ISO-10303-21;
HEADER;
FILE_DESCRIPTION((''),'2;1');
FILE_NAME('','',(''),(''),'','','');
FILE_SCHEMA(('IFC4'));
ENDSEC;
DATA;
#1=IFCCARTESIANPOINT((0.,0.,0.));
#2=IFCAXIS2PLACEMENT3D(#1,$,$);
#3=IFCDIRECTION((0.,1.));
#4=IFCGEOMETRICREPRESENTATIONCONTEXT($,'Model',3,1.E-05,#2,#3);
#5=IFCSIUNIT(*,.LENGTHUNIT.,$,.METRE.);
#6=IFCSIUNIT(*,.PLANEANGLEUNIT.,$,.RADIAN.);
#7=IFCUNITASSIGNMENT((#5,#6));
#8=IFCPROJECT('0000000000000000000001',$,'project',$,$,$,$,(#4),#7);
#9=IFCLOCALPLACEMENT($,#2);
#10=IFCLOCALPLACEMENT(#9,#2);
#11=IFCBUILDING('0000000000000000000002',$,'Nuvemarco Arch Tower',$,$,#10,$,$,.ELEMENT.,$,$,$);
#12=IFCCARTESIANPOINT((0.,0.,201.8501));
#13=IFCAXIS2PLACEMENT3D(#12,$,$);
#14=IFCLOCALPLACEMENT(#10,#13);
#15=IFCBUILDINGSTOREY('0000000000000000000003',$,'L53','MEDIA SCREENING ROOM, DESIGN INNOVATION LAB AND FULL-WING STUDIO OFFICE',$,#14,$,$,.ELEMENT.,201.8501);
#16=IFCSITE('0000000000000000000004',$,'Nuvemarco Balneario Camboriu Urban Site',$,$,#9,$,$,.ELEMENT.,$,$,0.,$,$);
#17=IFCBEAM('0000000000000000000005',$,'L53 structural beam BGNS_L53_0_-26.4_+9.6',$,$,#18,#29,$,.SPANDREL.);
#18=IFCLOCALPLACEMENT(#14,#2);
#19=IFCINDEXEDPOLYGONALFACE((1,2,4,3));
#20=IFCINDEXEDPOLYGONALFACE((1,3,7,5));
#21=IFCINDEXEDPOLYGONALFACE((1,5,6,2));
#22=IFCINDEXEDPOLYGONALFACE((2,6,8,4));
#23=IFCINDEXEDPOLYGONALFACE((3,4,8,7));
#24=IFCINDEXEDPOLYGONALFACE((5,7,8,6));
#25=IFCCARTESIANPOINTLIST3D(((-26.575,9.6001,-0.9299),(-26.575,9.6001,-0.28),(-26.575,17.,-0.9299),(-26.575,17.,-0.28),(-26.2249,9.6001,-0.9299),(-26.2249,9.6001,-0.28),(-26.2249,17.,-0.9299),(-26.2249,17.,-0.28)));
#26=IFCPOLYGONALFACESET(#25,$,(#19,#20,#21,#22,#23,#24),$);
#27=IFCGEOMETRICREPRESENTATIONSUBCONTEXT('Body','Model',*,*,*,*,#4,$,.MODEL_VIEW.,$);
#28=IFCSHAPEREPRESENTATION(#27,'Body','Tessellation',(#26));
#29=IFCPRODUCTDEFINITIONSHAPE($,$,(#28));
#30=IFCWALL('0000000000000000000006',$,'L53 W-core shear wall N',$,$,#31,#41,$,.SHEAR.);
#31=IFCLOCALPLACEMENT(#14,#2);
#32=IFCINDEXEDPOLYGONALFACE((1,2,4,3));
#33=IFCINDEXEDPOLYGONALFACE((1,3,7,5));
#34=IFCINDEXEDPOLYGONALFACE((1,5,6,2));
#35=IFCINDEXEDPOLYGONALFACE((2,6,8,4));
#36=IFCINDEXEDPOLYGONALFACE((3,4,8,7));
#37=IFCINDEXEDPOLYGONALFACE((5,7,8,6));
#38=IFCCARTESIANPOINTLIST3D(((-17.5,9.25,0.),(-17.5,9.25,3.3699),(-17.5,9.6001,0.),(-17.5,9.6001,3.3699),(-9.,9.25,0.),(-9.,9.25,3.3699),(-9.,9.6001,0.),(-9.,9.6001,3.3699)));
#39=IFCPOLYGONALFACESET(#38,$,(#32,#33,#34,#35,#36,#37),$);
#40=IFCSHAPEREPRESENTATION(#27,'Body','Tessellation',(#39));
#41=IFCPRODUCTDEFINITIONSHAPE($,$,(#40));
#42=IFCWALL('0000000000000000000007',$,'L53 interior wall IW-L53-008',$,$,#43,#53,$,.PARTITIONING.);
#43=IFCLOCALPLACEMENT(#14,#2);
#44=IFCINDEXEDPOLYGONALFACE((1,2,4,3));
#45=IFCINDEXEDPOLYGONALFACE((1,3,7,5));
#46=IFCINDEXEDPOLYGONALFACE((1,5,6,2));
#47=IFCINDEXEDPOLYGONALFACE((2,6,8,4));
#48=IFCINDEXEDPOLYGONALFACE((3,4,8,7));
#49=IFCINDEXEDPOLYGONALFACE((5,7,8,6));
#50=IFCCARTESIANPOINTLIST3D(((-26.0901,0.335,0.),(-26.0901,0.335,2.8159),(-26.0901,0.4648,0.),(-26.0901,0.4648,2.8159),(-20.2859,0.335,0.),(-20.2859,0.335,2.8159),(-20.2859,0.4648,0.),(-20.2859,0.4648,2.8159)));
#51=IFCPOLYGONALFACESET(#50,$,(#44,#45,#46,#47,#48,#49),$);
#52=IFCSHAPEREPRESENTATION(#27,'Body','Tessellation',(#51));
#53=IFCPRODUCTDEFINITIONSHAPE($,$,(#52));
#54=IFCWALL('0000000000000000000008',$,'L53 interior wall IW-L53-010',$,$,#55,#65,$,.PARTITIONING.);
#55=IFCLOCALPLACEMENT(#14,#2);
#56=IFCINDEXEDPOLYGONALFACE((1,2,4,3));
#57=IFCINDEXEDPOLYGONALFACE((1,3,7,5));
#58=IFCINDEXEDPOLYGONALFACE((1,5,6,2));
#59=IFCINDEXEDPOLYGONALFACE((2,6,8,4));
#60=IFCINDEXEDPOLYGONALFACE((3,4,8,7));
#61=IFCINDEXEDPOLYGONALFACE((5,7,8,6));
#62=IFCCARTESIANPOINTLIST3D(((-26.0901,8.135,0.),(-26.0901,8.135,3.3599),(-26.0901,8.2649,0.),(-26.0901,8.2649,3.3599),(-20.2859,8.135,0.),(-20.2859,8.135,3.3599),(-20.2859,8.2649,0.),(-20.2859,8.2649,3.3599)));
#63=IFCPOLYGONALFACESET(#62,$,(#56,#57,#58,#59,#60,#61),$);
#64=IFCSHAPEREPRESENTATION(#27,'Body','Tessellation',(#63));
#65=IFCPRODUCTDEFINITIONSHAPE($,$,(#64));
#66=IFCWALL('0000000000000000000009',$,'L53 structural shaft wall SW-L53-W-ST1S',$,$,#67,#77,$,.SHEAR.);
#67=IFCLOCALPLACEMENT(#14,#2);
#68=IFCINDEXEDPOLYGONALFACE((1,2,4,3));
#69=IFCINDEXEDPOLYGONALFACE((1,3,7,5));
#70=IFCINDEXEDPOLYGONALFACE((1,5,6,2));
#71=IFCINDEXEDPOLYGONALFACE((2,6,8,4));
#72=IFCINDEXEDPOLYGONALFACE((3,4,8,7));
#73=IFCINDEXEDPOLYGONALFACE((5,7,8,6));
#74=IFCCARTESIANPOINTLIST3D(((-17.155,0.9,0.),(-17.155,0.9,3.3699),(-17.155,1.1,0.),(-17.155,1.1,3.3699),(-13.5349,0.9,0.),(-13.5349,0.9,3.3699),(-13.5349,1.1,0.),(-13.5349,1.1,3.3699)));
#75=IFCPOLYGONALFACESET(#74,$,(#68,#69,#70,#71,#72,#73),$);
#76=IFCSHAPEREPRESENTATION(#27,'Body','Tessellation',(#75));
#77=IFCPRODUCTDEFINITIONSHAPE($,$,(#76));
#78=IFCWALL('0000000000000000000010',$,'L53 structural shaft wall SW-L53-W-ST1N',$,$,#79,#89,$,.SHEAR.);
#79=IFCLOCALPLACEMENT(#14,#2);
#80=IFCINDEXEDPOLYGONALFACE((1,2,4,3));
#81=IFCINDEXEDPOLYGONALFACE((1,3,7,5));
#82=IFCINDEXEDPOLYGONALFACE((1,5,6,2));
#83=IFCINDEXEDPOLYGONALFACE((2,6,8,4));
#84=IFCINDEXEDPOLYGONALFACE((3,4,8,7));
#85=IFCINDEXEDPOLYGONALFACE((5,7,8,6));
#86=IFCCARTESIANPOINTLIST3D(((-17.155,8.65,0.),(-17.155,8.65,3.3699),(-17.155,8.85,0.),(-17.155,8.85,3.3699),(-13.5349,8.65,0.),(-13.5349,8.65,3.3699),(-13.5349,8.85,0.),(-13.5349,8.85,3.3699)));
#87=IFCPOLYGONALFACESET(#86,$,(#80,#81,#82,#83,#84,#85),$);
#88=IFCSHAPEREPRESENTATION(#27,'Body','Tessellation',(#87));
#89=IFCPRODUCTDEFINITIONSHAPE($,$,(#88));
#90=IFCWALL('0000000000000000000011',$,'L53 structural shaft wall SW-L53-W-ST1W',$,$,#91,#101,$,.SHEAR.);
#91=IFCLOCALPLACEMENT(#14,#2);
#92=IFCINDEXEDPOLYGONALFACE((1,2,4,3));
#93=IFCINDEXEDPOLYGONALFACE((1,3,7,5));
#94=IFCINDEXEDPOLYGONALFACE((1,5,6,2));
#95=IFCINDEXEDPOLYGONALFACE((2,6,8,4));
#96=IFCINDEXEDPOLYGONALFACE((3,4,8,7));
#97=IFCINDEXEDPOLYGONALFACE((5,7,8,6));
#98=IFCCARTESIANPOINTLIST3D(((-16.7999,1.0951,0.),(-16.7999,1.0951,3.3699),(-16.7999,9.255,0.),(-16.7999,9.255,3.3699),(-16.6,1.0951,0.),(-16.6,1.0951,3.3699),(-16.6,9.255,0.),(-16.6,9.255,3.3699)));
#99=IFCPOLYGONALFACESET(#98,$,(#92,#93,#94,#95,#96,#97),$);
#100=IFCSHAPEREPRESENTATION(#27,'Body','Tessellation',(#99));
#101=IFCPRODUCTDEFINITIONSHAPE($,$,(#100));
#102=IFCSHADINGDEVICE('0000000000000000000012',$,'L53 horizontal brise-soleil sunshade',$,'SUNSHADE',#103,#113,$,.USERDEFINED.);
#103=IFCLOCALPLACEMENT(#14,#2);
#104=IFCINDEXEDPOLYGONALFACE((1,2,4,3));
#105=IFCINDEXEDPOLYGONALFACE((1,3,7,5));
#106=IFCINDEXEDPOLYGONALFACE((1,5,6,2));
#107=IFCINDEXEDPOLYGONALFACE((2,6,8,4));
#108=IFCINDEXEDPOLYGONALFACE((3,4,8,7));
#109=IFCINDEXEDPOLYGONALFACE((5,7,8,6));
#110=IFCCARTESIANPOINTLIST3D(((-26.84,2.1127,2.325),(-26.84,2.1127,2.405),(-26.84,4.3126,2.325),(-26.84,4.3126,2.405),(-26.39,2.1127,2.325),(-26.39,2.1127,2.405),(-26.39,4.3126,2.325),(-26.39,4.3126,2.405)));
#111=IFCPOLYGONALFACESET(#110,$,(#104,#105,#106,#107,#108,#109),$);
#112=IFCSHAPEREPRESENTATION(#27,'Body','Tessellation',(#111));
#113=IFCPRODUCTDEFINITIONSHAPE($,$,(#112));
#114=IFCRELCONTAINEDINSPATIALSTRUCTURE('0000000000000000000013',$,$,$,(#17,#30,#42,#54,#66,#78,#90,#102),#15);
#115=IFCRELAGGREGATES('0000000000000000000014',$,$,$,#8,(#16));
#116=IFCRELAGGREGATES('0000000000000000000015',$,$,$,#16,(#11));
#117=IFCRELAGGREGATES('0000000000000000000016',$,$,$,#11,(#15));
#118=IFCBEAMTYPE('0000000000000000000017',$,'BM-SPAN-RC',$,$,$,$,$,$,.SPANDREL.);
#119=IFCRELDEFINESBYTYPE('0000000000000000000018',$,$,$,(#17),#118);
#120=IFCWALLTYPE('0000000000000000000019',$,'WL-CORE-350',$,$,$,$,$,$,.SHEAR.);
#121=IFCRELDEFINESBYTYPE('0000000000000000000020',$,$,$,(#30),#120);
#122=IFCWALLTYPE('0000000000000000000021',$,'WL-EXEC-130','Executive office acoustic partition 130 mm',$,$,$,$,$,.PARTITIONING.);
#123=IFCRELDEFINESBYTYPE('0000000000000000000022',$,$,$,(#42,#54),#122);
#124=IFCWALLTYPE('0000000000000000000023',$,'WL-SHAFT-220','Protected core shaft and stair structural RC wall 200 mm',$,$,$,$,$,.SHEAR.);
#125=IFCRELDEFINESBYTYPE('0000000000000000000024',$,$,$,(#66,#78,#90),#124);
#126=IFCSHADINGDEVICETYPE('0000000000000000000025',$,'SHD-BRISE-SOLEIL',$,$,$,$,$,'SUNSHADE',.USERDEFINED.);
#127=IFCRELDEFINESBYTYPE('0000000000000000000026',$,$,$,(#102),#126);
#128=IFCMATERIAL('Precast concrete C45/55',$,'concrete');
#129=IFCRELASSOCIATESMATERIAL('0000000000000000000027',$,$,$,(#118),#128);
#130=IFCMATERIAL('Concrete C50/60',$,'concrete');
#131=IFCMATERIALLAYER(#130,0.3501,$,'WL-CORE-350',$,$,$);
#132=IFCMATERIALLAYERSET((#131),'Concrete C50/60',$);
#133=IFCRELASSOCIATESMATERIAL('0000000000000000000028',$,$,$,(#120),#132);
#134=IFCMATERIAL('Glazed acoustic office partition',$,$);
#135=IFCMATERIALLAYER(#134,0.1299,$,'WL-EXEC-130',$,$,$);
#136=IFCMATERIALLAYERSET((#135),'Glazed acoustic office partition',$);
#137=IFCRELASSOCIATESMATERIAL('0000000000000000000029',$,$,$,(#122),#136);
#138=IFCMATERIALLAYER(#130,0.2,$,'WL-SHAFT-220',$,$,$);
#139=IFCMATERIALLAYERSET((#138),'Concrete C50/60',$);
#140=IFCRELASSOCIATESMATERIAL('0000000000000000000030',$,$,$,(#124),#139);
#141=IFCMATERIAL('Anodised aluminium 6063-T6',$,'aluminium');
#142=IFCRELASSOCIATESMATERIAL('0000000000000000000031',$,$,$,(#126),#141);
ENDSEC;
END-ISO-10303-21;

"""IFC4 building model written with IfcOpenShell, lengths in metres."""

from ifc_helpers import new_model, si_unit, direction, frame, frame_2d, origin, origin_2d, place, context, subcontext, project, spatial, rectangle, extrude, source, transform, mapped, material, layer, layer_set, material_profile, profile_set, type_object, type_shapes, element, save


model = new_model("IFC4")

# Units and contexts
model_context = context("Model", 3, precision=1e-05, world=origin(), true_north=direction((0.0, 1.0)))
body_context = subcontext(model_context, "Body", "Model", "MODEL_VIEW")
ifc_project = project(units=[si_unit("LENGTHUNIT", "METRE"), si_unit("PLANEANGLEUNIT", "RADIAN")], contexts=[model_context])

# Site, building, storey
site_placement = place(None, origin())
site = spatial("IfcSite", under=ifc_project, at=site_placement, Name="Nuvemarco Balneario Camboriu Urban Site", CompositionType="ELEMENT", RefElevation=0.0)
building_placement = place(site_placement, origin())
building = spatial("IfcBuilding", under=site, at=building_placement, Name="Nuvemarco Arch Tower", CompositionType="ELEMENT")
storey_placement = place(building_placement, frame((0.0, 0.0, 201.8501)))
storey = spatial("IfcBuildingStorey", under=building, at=storey_placement, Name="L53", Description="MEDIA SCREENING ROOM, DESIGN INNOVATION LAB AND FULL-WING STUDIO OFFICE", CompositionType="ELEMENT", Elevation=201.8501)

# Shared definitions
ifc_material_1 = material(Name="Concrete C50/60", Category="concrete")

# Beam
ifc_material_2 = material(Name="Precast concrete C45/55", Category="concrete")
ifc_material_profile_1 = material_profile(ifc_material_2, rectangle(XDim=0.3501, YDim=0.6499, at=origin_2d()), Name="PC-SP-350x650")
ifc_profile_set_1 = profile_set([ifc_material_profile_1], Name="Precast concrete C45/55")
beam_type_1 = type_object("IfcBeamType", Name="BM-SPAN-RC", PredefinedType="SPANDREL", material=ifc_profile_set_1)
beam_1_placement = place(storey_placement, frame((-26.3999, 9.6001, -0.605), z_axis=(0.0, 1.0, 0.0), x_axis=(-1.0, 0.0, 0.0)))
element("IfcBeam", 1, at=beam_1_placement, inside=storey, type_object=beam_type_1, Name="L53 structural beam BGNS_L53_0_-26.4_+9.6", PredefinedType="SPANDREL", context=body_context, shape_type="SweptSolid", body=[
    extrude(rectangle(XDim=0.3501, YDim=0.6499, at=origin_2d()), origin(), (0.0, 0.0, 1.0), 7.3999),
])

# Walls
ifc_layer_1 = layer(ifc_material_1, 0.3501, Name="WL-CORE-350")
ifc_layer_set_1 = layer_set([ifc_layer_1], Name="Concrete C50/60")
wall_type_1 = type_object("IfcWallType", Name="WL-CORE-350", PredefinedType="SHEAR", material=ifc_layer_set_1)
wall_1_placement = place(storey_placement, frame((-17.5, 9.425, 0.0), z_axis=(0.0, 0.0, 1.0), x_axis=(1.0, 0.0, 0.0)))
element("IfcWall", 2, at=wall_1_placement, inside=storey, type_object=wall_type_1, Name="L53 W-core shear wall N", PredefinedType="SHEAR", context=body_context, shape_type="SweptSolid", body=[
    extrude(rectangle(XDim=8.5, YDim=0.3501, at=frame_2d((4.25, 0.0))), origin(), (0.0, 0.0, 1.0), 3.3699),
])
ifc_material_3 = material(Name="Glazed acoustic office partition")
ifc_layer_2 = layer(ifc_material_3, 0.1299, Name="WL-EXEC-130")
ifc_layer_set_2 = layer_set([ifc_layer_2], Name="Glazed acoustic office partition")
wall_type_2 = type_object("IfcWallType", Name="WL-EXEC-130", Description="Executive office acoustic partition 130 mm", PredefinedType="PARTITIONING", material=ifc_layer_set_2)
wall_2_placement = place(storey_placement, frame((-26.0901, 0.3999, 0.0), z_axis=(0.0, 0.0, 1.0), x_axis=(1.0, 0.0, 0.0)))
element("IfcWall", 3, at=wall_2_placement, inside=storey, type_object=wall_type_2, Name="L53 interior wall IW-L53-008", PredefinedType="PARTITIONING", context=body_context, shape_type="SweptSolid", body=[
    extrude(rectangle(XDim=5.8042, YDim=0.1299, at=frame_2d((2.9021, 0.0))), origin(), (0.0, 0.0, 1.0), 2.8159),
])
wall_3_placement = place(storey_placement, frame((-26.0901, 8.2, 0.0), z_axis=(0.0, 0.0, 1.0), x_axis=(1.0, 0.0, 0.0)))
element("IfcWall", 4, at=wall_3_placement, inside=storey, type_object=wall_type_2, Name="L53 interior wall IW-L53-010", PredefinedType="PARTITIONING", context=body_context, shape_type="SweptSolid", body=[
    extrude(rectangle(XDim=5.8042, YDim=0.1299, at=frame_2d((2.9021, 0.0))), origin(), (0.0, 0.0, 1.0), 3.3599),
])
ifc_layer_3 = layer(ifc_material_1, 0.2, Name="WL-SHAFT-220")
ifc_layer_set_3 = layer_set([ifc_layer_3], Name="Concrete C50/60")
wall_type_3 = type_object("IfcWallType", Name="WL-SHAFT-220", Description="Protected core shaft and stair structural RC wall 200 mm", PredefinedType="SHEAR", material=ifc_layer_set_3)
for number, where, z_axis, x_axis, name in (
    (5, (-17.155, 1.0, 0.0), (0.0, 0.0, 1.0), (1.0, 0.0, 0.0), "L53 structural shaft wall SW-L53-W-ST1S"),
    (6, (-17.155, 8.75, 0.0), (0.0, 0.0, 1.0), (1.0, 0.0, 0.0), "L53 structural shaft wall SW-L53-W-ST1N"),
):
    element("IfcWall", number, at=place(storey_placement, frame(where, z_axis=z_axis, x_axis=x_axis)), inside=storey, type_object=wall_type_3, Name=name, PredefinedType="SHEAR", context=body_context, shape_type="SweptSolid", body=[
        extrude(rectangle(XDim=3.6201, YDim=0.2, at=frame_2d((1.8101, 0.0))), origin(), (0.0, 0.0, 1.0), 3.3699),
    ])
wall_4_placement = place(storey_placement, frame((-16.7, 1.095, 0.0), z_axis=(0.0, 0.0, 1.0), x_axis=(0.0, 1.0, 0.0)))
element("IfcWall", 7, at=wall_4_placement, inside=storey, type_object=wall_type_3, Name="L53 structural shaft wall SW-L53-W-ST1W", PredefinedType="SHEAR", context=body_context, shape_type="SweptSolid", body=[
    extrude(rectangle(XDim=8.1599, YDim=0.2, at=frame_2d((4.0801, 0.0))), origin(), (0.0, 0.0, 1.0), 3.3699),
])

# Shading device
ifc_material_4 = material(Name="Anodised aluminium 6063-T6", Category="aluminium")
shading_device_type = type_object("IfcShadingDeviceType", Name="SHD-BRISE-SOLEIL", ElementType="SUNSHADE", PredefinedType="USERDEFINED", material=ifc_material_4)
shared_shape = source(origin(), body_context, "Body", "SweptSolid", [
    extrude(rectangle(XDim=2.2, YDim=0.45, at=origin_2d()), origin(), (0.0, 0.0, 1.0), 0.0801),
])
type_shapes(shading_device_type, [shared_shape])
shading_device_placement = place(storey_placement, frame((-26.615, 3.2126, 2.325), z_axis=(0.0, 0.0, 1.0), x_axis=(0.0, 1.0, 0.0)))
element("IfcShadingDevice", 8, at=shading_device_placement, inside=storey, type_object=shading_device_type, Name="L53 horizontal brise-soleil sunshade", ObjectType="SUNSHADE", PredefinedType="USERDEFINED", context=body_context, shape_type="MappedRepresentation", body=[
    mapped(shared_shape, transform((0.0, 0.0, 0.0), scale=1.0)),
])

save(model, "model.ifc")
